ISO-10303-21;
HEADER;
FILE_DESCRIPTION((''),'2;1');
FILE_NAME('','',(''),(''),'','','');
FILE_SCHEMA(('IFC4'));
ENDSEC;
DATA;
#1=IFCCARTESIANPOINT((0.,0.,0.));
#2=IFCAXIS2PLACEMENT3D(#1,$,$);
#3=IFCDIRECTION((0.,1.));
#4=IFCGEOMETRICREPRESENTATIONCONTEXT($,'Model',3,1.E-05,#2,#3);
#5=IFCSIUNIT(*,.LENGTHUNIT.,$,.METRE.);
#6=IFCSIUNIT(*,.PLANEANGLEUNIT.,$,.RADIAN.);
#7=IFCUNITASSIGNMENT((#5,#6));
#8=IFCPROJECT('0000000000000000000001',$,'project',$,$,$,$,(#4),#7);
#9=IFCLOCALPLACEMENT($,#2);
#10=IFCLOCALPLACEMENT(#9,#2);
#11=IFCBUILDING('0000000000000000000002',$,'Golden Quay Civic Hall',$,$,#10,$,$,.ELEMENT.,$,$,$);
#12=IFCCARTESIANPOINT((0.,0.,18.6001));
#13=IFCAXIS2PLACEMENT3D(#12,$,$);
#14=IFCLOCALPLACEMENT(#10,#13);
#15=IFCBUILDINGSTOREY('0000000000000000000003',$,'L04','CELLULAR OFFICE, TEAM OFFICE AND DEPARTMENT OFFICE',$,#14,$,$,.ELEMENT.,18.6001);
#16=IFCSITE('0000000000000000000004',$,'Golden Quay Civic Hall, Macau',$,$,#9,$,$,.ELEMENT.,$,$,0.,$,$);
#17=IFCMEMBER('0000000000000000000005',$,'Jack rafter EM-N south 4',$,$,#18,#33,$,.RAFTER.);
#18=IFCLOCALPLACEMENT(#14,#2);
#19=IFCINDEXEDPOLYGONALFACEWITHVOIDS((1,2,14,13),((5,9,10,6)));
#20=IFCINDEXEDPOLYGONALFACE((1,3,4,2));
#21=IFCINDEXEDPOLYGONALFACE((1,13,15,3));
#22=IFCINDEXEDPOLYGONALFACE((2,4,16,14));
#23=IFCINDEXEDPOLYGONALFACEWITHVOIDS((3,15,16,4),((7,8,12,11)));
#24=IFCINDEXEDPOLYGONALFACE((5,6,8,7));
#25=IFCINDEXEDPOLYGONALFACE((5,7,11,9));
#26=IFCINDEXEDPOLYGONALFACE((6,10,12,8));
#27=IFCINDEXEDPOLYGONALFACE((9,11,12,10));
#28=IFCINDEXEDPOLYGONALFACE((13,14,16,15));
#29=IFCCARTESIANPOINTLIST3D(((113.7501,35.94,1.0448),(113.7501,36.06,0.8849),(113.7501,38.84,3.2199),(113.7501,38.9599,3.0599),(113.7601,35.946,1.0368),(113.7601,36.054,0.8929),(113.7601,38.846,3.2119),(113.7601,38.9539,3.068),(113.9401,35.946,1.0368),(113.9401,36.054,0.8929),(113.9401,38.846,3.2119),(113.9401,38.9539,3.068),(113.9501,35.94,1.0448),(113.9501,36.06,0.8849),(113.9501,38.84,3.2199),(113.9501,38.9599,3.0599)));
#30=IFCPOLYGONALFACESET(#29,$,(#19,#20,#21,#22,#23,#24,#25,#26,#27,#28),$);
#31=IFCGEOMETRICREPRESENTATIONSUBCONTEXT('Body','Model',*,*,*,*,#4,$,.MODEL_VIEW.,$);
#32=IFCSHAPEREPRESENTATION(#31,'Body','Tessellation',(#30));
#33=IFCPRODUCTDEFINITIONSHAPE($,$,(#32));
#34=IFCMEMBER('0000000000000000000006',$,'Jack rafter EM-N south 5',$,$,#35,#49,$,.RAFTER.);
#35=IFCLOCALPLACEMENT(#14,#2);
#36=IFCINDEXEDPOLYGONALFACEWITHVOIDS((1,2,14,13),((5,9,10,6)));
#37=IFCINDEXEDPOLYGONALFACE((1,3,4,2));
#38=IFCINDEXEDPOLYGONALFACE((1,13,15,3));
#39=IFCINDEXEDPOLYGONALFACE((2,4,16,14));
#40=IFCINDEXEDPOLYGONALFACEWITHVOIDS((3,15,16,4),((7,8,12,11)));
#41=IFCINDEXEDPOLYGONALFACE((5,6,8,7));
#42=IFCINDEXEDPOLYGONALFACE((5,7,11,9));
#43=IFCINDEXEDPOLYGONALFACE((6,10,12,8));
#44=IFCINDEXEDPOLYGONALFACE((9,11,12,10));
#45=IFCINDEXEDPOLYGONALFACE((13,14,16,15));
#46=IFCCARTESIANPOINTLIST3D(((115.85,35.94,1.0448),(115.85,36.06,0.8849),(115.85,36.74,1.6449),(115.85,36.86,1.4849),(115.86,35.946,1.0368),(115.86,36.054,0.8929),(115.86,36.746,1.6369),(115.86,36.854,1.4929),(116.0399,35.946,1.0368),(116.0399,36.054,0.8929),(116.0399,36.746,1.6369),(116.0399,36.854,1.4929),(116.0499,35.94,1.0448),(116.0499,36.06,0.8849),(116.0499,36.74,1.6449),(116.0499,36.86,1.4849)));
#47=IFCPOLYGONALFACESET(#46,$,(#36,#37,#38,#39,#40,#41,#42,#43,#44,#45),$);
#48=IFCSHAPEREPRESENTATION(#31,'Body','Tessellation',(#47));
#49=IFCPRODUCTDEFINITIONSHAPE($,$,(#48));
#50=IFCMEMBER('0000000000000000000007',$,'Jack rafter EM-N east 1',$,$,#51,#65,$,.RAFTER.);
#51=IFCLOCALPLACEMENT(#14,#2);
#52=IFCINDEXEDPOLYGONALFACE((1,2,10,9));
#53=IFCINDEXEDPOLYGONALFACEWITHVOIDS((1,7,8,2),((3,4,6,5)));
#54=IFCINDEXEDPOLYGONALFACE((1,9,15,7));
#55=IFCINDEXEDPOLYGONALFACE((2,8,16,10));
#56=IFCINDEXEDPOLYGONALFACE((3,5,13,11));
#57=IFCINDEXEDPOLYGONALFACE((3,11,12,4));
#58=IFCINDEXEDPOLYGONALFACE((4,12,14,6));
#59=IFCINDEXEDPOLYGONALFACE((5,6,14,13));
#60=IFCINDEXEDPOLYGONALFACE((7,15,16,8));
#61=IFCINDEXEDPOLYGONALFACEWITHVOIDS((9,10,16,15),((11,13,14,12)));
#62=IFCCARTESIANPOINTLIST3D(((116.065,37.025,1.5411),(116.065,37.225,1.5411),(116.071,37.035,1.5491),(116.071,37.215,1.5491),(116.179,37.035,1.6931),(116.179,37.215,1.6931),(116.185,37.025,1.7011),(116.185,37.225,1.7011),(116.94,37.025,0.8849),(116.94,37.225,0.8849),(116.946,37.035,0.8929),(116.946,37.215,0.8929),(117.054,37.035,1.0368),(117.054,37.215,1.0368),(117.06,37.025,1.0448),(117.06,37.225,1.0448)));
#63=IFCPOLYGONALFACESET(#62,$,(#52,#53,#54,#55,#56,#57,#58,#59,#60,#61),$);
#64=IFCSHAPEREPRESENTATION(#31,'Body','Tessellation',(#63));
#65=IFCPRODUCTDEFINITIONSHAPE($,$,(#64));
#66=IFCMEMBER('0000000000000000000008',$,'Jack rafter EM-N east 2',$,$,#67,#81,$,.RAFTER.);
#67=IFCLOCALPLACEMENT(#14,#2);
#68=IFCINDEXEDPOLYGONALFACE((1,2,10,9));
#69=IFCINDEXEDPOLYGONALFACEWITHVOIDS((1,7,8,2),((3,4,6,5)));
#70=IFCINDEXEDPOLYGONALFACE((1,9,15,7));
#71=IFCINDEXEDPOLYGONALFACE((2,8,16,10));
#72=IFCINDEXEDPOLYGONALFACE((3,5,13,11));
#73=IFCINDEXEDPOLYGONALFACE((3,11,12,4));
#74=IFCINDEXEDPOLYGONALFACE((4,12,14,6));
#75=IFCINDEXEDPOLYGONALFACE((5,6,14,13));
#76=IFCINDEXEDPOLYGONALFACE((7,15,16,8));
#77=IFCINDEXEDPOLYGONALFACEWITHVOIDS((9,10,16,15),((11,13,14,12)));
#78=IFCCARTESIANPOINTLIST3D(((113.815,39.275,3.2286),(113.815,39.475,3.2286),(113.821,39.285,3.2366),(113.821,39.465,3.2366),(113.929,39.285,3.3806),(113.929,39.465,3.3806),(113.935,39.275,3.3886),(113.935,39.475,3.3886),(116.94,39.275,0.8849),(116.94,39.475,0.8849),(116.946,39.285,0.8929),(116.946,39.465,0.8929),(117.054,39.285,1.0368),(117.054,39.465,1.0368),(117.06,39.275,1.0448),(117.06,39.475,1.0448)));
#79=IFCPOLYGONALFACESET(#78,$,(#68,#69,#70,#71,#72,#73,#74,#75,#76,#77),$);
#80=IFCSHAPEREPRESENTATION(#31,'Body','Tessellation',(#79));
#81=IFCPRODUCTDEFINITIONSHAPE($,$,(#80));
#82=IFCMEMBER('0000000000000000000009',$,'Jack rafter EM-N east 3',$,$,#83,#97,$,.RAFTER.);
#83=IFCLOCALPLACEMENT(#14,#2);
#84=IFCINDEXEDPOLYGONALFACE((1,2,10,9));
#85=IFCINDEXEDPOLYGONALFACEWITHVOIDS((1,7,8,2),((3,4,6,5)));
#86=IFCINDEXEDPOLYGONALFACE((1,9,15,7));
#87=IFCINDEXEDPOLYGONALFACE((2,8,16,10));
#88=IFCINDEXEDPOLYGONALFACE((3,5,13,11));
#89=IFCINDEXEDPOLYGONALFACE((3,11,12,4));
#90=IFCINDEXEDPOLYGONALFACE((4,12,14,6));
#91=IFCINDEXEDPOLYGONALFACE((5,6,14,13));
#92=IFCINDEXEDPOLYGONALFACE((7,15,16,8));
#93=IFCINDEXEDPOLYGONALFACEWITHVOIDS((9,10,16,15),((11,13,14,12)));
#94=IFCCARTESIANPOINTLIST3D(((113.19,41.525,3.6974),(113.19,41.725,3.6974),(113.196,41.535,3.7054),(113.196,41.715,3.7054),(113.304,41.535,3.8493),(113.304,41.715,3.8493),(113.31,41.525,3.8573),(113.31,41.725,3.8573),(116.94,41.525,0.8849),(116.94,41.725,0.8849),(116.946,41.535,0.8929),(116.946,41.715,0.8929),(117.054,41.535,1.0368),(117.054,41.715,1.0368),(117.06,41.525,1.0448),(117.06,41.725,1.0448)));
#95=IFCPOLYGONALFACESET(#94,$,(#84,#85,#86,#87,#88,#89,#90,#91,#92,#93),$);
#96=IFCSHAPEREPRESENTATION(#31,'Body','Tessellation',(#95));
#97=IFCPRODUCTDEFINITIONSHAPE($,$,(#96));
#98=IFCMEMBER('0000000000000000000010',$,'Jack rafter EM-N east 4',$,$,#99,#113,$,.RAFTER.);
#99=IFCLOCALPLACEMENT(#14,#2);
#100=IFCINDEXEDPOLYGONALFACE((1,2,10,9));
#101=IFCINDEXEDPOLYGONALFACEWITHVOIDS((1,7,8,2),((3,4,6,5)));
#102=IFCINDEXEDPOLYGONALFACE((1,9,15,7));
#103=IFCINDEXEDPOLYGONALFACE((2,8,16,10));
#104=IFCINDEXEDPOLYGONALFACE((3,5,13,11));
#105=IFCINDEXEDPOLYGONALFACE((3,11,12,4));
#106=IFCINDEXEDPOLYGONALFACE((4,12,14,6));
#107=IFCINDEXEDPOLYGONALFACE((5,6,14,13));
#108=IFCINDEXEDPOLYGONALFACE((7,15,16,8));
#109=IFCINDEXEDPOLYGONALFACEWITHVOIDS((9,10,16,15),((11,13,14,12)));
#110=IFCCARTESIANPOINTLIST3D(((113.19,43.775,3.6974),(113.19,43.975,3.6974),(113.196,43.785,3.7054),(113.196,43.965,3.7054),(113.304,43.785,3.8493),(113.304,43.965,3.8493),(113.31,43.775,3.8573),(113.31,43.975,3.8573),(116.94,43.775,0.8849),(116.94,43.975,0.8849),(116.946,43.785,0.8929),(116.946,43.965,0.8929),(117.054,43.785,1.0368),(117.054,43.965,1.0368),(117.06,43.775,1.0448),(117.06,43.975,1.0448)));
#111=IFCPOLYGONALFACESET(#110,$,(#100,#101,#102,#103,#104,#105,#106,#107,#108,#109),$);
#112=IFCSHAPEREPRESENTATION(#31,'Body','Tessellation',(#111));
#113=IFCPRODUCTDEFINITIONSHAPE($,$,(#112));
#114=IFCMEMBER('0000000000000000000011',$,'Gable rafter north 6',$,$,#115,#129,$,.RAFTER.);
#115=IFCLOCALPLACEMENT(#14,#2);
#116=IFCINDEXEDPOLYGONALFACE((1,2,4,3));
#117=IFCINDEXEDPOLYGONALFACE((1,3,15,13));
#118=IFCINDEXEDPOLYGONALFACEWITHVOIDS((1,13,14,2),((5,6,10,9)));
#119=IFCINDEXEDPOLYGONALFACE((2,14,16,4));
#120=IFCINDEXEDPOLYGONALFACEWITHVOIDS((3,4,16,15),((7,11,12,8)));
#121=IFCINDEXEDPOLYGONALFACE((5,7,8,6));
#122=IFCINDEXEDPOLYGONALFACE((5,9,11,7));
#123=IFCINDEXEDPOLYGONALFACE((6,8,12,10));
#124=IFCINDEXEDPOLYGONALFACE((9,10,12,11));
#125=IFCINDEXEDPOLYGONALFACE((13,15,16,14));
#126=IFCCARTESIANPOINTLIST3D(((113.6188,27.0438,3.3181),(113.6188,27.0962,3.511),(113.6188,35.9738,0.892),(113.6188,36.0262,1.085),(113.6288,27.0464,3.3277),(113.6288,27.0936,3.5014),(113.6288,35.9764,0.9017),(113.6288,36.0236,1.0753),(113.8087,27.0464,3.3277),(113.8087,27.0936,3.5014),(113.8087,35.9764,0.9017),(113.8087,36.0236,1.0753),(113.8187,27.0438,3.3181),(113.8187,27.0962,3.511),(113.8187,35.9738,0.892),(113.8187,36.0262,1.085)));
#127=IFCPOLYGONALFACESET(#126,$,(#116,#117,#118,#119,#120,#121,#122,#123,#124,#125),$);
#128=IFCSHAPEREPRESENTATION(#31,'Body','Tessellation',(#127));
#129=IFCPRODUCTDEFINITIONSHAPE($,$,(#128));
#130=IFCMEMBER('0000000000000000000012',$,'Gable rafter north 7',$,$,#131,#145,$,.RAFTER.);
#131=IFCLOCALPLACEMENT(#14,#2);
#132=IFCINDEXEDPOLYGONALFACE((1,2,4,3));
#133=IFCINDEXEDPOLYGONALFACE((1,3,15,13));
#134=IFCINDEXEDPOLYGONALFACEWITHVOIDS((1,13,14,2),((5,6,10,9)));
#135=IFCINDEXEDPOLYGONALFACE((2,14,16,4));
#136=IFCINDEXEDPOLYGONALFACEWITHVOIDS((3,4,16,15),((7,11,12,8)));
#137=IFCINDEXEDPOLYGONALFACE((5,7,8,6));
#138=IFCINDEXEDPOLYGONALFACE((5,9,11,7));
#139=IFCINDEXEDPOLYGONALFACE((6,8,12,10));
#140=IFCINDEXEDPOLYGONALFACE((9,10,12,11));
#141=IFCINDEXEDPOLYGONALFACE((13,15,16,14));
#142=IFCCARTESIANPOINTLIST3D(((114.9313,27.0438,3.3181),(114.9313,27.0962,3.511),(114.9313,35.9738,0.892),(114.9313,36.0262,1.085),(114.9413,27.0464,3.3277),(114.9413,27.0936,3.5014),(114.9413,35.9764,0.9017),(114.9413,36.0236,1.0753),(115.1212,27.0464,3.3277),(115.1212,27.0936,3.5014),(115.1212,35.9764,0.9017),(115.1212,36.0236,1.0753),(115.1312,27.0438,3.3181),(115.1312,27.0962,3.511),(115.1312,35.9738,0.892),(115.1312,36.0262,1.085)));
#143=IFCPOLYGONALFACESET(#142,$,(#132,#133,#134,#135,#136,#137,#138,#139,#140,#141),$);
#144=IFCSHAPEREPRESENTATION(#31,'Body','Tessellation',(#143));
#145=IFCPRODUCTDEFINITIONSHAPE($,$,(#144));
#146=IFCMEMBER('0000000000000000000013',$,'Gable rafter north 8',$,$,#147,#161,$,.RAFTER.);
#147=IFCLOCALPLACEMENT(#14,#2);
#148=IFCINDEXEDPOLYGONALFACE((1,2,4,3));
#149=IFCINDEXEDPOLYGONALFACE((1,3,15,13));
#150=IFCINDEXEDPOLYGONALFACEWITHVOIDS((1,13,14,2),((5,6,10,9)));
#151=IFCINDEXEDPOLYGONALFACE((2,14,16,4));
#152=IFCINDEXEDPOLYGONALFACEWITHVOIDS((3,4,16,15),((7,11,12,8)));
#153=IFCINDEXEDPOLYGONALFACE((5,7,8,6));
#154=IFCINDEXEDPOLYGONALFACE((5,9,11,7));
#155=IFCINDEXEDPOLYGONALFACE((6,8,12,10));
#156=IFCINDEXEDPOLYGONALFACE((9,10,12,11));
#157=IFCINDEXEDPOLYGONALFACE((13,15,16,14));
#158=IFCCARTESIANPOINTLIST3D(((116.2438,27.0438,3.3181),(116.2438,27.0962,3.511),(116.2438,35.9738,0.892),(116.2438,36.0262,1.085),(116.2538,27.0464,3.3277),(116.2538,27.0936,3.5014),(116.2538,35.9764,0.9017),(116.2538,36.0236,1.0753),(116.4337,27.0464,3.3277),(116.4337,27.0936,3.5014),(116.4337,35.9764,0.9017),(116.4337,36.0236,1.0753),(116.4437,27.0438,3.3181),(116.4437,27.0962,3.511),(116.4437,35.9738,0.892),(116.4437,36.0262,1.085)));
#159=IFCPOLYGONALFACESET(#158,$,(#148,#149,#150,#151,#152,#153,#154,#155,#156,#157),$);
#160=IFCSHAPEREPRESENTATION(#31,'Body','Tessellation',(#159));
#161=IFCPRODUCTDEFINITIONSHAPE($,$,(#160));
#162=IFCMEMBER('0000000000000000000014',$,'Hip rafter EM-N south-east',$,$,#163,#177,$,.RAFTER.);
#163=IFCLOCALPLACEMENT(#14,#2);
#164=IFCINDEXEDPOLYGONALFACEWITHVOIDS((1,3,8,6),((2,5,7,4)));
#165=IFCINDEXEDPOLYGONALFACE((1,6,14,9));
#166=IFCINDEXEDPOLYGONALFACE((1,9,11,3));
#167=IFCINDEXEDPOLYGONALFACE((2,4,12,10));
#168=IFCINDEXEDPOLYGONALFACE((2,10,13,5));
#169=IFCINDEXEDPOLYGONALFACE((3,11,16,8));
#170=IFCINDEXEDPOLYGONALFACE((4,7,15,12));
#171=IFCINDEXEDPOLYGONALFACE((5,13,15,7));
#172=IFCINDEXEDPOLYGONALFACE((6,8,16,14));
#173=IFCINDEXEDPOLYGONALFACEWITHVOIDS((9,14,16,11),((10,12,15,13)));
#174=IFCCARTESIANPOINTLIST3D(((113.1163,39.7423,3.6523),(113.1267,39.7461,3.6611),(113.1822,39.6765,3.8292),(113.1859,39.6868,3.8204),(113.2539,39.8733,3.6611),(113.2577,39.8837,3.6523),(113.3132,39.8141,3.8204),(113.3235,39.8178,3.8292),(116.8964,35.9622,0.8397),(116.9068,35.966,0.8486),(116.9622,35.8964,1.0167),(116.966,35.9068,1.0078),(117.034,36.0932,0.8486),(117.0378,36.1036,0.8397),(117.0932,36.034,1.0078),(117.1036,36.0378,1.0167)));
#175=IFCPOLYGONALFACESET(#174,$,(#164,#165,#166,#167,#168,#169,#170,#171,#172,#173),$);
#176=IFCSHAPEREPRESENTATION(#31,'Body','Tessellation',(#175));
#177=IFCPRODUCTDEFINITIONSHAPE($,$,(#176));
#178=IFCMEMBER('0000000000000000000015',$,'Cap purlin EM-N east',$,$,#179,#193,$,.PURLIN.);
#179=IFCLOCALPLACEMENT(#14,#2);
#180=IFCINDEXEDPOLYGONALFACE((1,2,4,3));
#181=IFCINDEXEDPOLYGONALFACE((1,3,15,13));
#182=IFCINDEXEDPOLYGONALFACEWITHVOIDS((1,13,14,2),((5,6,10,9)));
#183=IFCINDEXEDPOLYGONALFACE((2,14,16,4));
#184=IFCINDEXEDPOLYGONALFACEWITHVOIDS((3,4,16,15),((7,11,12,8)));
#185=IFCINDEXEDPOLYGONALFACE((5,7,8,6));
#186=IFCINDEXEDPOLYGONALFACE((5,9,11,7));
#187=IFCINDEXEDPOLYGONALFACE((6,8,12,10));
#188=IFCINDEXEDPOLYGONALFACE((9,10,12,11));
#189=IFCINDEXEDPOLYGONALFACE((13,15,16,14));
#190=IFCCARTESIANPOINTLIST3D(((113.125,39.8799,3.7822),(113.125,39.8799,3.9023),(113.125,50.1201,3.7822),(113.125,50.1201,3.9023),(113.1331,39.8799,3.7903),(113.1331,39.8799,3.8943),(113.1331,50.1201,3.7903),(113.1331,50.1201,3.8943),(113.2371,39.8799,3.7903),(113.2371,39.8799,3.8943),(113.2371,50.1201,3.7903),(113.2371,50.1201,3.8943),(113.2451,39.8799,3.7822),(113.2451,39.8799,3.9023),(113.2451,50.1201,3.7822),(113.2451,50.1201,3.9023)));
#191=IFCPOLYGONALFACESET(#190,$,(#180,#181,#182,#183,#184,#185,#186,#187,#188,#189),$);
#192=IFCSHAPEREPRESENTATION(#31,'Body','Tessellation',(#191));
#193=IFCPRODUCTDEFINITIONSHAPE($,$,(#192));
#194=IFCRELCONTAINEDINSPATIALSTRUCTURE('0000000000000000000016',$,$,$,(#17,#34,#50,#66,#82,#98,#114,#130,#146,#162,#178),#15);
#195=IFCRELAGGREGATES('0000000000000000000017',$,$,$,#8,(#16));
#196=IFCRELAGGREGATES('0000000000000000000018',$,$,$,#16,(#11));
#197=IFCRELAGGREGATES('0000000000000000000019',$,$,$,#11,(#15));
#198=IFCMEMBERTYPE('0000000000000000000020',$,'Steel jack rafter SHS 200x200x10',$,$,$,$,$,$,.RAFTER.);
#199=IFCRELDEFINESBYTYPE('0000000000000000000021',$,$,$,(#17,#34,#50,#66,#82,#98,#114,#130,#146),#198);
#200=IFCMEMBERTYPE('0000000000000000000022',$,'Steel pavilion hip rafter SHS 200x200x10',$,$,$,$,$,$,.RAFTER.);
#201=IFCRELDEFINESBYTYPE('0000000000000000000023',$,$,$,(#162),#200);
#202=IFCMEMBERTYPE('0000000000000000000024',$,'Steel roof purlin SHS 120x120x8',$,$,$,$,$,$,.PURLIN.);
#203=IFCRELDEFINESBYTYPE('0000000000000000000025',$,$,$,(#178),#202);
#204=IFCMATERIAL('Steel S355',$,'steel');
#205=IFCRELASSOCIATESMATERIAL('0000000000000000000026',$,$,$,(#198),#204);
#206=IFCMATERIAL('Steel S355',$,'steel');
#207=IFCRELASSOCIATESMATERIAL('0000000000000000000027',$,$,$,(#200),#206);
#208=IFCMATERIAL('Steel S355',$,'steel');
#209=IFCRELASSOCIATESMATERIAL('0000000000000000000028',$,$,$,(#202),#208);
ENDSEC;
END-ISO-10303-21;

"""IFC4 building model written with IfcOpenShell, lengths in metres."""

from ifc_helpers import new_model, si_unit, direction, frame, origin, origin_2d, place, context, subcontext, project, spatial, hollow_rectangle, extrude, material, material_profile, profile_set, type_object, element, save


model = new_model("IFC4")

# Units and contexts
model_context = context("Model", 3, precision=1e-05, world=origin(), true_north=direction((0.0, 1.0)))
body_context = subcontext(model_context, "Body", "Model", "MODEL_VIEW")
ifc_project = project(units=[si_unit("LENGTHUNIT", "METRE"), si_unit("PLANEANGLEUNIT", "RADIAN")], contexts=[model_context])

# Site, building, storey
site_placement = place(None, origin())
site = spatial("IfcSite", under=ifc_project, at=site_placement, Name="Golden Quay Civic Hall, Macau", CompositionType="ELEMENT", RefElevation=0.0)
building_placement = place(site_placement, origin())
building = spatial("IfcBuilding", under=site, at=building_placement, Name="Golden Quay Civic Hall", CompositionType="ELEMENT")
storey_placement = place(building_placement, frame((0.0, 0.0, 18.6001)))
storey = spatial("IfcBuildingStorey", under=building, at=storey_placement, Name="L04", Description="CELLULAR OFFICE, TEAM OFFICE AND DEPARTMENT OFFICE", CompositionType="ELEMENT", Elevation=18.6001)

# Members
ifc_material_1 = material(Name="Steel S355", Category="steel")
ifc_material_profile_1 = material_profile(ifc_material_1, hollow_rectangle(XDim=0.2, YDim=0.2, WallThickness=0.01, at=origin_2d()), Name="SHS 200x200x10")
ifc_profile_set_1 = profile_set([ifc_material_profile_1], Name="Steel S355")
member_type_1 = type_object("IfcMemberType", Name="Steel jack rafter SHS 200x200x10", PredefinedType="RAFTER", material=ifc_profile_set_1)
member_1_placement = place(storey_placement, frame((113.8501, 36.0, 0.9648), z_axis=(0.0, 0.799984, 0.600022), x_axis=(-1.0, 0.0, 0.0)))
element("IfcMember", 1, at=member_1_placement, inside=storey, type_object=member_type_1, Name="Jack rafter EM-N south 4", PredefinedType="RAFTER", context=body_context, shape_type="SweptSolid", body=[
    extrude(hollow_rectangle(XDim=0.2, YDim=0.2, WallThickness=0.01, at=origin_2d()), origin(), (0.0, 0.0, 1.0), 3.625),
])
member_2_placement = place(storey_placement, frame((115.95, 36.0, 0.9648), z_axis=(0.0, 0.799971, 0.600039), x_axis=(-1.0, 0.0, 0.0)))
element("IfcMember", 2, at=member_2_placement, inside=storey, type_object=member_type_1, Name="Jack rafter EM-N south 5", PredefinedType="RAFTER", context=body_context, shape_type="SweptSolid", body=[
    extrude(hollow_rectangle(XDim=0.2, YDim=0.2, WallThickness=0.01, at=origin_2d()), origin(), (0.0, 0.0, 1.0), 1.0),
])
member_3_placement = place(storey_placement, frame((117.0, 37.125, 0.9648), z_axis=(-0.8, 0.0, 0.6), x_axis=(0.0, -1.0, 0.0)))
element("IfcMember", 3, at=member_3_placement, inside=storey, type_object=member_type_1, Name="Jack rafter EM-N east 1", PredefinedType="RAFTER", context=body_context, shape_type="SweptSolid", body=[
    extrude(hollow_rectangle(XDim=0.2, YDim=0.2, WallThickness=0.01, at=origin_2d()), origin(), (0.0, 0.0, 1.0), 1.0938),
])
member_4_placement = place(storey_placement, frame((117.0, 39.375, 0.9648), z_axis=(-0.8, 0.0, 0.6), x_axis=(0.0, -1.0, 0.0)))
element("IfcMember", 4, at=member_4_placement, inside=storey, type_object=member_type_1, Name="Jack rafter EM-N east 2", PredefinedType="RAFTER", context=body_context, shape_type="SweptSolid", body=[
    extrude(hollow_rectangle(XDim=0.2, YDim=0.2, WallThickness=0.01, at=origin_2d()), origin(), (0.0, 0.0, 1.0), 3.9062),
])
for number, where, z_axis, x_axis, name in (
    (5, (117.0, 41.625, 0.9648), (-0.8, 0.0, 0.6), (0.0, -1.0, 0.0), "Jack rafter EM-N east 3"),
    (6, (117.0, 43.875, 0.9648), (-0.8, 0.0, 0.6), (0.0, -1.0, 0.0), "Jack rafter EM-N east 4"),
):
    element("IfcMember", number, at=place(storey_placement, frame(where, z_axis=z_axis, x_axis=x_axis)), inside=storey, type_object=member_type_1, Name=name, PredefinedType="RAFTER", context=body_context, shape_type="SweptSolid", body=[
        extrude(hollow_rectangle(XDim=0.2, YDim=0.2, WallThickness=0.01, at=origin_2d()), origin(), (0.0, 0.0, 1.0), 4.6875),
    ])
for number, where, z_axis, x_axis, name in (
    (7, (113.7188, 36.0, 0.9885), (0.0, -0.965022, 0.262171), (1.0, 0.0, 0.0), "Gable rafter north 6"),
    (8, (115.0312, 36.0, 0.9885), (0.0, -0.965022, 0.262171), (1.0, 0.0, 0.0), "Gable rafter north 7"),
    (9, (116.3438, 36.0, 0.9885), (0.0, -0.965022, 0.262171), (1.0, 0.0, 0.0), "Gable rafter north 8"),
):
    element("IfcMember", number, at=place(storey_placement, frame(where, z_axis=z_axis, x_axis=x_axis)), inside=storey, type_object=member_type_1, Name=name, PredefinedType="RAFTER", context=body_context, shape_type="SweptSolid", body=[
        extrude(hollow_rectangle(XDim=0.2, YDim=0.2, WallThickness=0.01, at=origin_2d()), origin(), (0.0, 0.0, 1.0), 9.2537),
    ])
ifc_material_2 = material(Name="Steel S355", Category="steel")
ifc_material_profile_2 = material_profile(ifc_material_2, hollow_rectangle(XDim=0.2, YDim=0.2, WallThickness=0.01, at=origin_2d()), Name="SHS 200x200x10")
ifc_profile_set_2 = profile_set([ifc_material_profile_2], Name="Steel S355")
member_type_2 = type_object("IfcMemberType", Name="Steel pavilion hip rafter SHS 200x200x10", PredefinedType="RAFTER", material=ifc_profile_set_2)
member_5_placement = place(storey_placement, frame((117.0, 36.0, 0.9282), z_axis=(-0.625783, 0.625783, 0.465609), x_axis=(-0.707107, -0.707107, 0.0)))
element("IfcMember", 10, at=member_5_placement, inside=storey, type_object=member_type_2, Name="Hip rafter EM-N south-east", PredefinedType="RAFTER", context=body_context, shape_type="SweptSolid", body=[
    extrude(hollow_rectangle(XDim=0.2, YDim=0.2, WallThickness=0.01, at=origin_2d()), origin(), (0.0, 0.0, 1.0), 6.0405),
])
ifc_material_3 = material(Name="Steel S355", Category="steel")
ifc_material_profile_3 = material_profile(ifc_material_3, hollow_rectangle(XDim=0.1201, YDim=0.1201, WallThickness=0.0081, at=origin_2d()), Name="SHS 120x120x8")
ifc_profile_set_3 = profile_set([ifc_material_profile_3], Name="Steel S355")
member_type_3 = type_object("IfcMemberType", Name="Steel roof purlin SHS 120x120x8", PredefinedType="PURLIN", material=ifc_profile_set_3)
member_6_placement = place(storey_placement, frame((113.1851, 39.8799, 3.8423), z_axis=(0.0, 1.0, 0.0), x_axis=(-1.0, 0.0, 0.0)))
element("IfcMember", 11, at=member_6_placement, inside=storey, type_object=member_type_3, Name="Cap purlin EM-N east", PredefinedType="PURLIN", context=body_context, shape_type="SweptSolid", body=[
    extrude(hollow_rectangle(XDim=0.1201, YDim=0.1201, WallThickness=0.0081, at=origin_2d()), origin(), (0.0, 0.0, 1.0), 10.2402),
])

save(model, "model.ifc")
